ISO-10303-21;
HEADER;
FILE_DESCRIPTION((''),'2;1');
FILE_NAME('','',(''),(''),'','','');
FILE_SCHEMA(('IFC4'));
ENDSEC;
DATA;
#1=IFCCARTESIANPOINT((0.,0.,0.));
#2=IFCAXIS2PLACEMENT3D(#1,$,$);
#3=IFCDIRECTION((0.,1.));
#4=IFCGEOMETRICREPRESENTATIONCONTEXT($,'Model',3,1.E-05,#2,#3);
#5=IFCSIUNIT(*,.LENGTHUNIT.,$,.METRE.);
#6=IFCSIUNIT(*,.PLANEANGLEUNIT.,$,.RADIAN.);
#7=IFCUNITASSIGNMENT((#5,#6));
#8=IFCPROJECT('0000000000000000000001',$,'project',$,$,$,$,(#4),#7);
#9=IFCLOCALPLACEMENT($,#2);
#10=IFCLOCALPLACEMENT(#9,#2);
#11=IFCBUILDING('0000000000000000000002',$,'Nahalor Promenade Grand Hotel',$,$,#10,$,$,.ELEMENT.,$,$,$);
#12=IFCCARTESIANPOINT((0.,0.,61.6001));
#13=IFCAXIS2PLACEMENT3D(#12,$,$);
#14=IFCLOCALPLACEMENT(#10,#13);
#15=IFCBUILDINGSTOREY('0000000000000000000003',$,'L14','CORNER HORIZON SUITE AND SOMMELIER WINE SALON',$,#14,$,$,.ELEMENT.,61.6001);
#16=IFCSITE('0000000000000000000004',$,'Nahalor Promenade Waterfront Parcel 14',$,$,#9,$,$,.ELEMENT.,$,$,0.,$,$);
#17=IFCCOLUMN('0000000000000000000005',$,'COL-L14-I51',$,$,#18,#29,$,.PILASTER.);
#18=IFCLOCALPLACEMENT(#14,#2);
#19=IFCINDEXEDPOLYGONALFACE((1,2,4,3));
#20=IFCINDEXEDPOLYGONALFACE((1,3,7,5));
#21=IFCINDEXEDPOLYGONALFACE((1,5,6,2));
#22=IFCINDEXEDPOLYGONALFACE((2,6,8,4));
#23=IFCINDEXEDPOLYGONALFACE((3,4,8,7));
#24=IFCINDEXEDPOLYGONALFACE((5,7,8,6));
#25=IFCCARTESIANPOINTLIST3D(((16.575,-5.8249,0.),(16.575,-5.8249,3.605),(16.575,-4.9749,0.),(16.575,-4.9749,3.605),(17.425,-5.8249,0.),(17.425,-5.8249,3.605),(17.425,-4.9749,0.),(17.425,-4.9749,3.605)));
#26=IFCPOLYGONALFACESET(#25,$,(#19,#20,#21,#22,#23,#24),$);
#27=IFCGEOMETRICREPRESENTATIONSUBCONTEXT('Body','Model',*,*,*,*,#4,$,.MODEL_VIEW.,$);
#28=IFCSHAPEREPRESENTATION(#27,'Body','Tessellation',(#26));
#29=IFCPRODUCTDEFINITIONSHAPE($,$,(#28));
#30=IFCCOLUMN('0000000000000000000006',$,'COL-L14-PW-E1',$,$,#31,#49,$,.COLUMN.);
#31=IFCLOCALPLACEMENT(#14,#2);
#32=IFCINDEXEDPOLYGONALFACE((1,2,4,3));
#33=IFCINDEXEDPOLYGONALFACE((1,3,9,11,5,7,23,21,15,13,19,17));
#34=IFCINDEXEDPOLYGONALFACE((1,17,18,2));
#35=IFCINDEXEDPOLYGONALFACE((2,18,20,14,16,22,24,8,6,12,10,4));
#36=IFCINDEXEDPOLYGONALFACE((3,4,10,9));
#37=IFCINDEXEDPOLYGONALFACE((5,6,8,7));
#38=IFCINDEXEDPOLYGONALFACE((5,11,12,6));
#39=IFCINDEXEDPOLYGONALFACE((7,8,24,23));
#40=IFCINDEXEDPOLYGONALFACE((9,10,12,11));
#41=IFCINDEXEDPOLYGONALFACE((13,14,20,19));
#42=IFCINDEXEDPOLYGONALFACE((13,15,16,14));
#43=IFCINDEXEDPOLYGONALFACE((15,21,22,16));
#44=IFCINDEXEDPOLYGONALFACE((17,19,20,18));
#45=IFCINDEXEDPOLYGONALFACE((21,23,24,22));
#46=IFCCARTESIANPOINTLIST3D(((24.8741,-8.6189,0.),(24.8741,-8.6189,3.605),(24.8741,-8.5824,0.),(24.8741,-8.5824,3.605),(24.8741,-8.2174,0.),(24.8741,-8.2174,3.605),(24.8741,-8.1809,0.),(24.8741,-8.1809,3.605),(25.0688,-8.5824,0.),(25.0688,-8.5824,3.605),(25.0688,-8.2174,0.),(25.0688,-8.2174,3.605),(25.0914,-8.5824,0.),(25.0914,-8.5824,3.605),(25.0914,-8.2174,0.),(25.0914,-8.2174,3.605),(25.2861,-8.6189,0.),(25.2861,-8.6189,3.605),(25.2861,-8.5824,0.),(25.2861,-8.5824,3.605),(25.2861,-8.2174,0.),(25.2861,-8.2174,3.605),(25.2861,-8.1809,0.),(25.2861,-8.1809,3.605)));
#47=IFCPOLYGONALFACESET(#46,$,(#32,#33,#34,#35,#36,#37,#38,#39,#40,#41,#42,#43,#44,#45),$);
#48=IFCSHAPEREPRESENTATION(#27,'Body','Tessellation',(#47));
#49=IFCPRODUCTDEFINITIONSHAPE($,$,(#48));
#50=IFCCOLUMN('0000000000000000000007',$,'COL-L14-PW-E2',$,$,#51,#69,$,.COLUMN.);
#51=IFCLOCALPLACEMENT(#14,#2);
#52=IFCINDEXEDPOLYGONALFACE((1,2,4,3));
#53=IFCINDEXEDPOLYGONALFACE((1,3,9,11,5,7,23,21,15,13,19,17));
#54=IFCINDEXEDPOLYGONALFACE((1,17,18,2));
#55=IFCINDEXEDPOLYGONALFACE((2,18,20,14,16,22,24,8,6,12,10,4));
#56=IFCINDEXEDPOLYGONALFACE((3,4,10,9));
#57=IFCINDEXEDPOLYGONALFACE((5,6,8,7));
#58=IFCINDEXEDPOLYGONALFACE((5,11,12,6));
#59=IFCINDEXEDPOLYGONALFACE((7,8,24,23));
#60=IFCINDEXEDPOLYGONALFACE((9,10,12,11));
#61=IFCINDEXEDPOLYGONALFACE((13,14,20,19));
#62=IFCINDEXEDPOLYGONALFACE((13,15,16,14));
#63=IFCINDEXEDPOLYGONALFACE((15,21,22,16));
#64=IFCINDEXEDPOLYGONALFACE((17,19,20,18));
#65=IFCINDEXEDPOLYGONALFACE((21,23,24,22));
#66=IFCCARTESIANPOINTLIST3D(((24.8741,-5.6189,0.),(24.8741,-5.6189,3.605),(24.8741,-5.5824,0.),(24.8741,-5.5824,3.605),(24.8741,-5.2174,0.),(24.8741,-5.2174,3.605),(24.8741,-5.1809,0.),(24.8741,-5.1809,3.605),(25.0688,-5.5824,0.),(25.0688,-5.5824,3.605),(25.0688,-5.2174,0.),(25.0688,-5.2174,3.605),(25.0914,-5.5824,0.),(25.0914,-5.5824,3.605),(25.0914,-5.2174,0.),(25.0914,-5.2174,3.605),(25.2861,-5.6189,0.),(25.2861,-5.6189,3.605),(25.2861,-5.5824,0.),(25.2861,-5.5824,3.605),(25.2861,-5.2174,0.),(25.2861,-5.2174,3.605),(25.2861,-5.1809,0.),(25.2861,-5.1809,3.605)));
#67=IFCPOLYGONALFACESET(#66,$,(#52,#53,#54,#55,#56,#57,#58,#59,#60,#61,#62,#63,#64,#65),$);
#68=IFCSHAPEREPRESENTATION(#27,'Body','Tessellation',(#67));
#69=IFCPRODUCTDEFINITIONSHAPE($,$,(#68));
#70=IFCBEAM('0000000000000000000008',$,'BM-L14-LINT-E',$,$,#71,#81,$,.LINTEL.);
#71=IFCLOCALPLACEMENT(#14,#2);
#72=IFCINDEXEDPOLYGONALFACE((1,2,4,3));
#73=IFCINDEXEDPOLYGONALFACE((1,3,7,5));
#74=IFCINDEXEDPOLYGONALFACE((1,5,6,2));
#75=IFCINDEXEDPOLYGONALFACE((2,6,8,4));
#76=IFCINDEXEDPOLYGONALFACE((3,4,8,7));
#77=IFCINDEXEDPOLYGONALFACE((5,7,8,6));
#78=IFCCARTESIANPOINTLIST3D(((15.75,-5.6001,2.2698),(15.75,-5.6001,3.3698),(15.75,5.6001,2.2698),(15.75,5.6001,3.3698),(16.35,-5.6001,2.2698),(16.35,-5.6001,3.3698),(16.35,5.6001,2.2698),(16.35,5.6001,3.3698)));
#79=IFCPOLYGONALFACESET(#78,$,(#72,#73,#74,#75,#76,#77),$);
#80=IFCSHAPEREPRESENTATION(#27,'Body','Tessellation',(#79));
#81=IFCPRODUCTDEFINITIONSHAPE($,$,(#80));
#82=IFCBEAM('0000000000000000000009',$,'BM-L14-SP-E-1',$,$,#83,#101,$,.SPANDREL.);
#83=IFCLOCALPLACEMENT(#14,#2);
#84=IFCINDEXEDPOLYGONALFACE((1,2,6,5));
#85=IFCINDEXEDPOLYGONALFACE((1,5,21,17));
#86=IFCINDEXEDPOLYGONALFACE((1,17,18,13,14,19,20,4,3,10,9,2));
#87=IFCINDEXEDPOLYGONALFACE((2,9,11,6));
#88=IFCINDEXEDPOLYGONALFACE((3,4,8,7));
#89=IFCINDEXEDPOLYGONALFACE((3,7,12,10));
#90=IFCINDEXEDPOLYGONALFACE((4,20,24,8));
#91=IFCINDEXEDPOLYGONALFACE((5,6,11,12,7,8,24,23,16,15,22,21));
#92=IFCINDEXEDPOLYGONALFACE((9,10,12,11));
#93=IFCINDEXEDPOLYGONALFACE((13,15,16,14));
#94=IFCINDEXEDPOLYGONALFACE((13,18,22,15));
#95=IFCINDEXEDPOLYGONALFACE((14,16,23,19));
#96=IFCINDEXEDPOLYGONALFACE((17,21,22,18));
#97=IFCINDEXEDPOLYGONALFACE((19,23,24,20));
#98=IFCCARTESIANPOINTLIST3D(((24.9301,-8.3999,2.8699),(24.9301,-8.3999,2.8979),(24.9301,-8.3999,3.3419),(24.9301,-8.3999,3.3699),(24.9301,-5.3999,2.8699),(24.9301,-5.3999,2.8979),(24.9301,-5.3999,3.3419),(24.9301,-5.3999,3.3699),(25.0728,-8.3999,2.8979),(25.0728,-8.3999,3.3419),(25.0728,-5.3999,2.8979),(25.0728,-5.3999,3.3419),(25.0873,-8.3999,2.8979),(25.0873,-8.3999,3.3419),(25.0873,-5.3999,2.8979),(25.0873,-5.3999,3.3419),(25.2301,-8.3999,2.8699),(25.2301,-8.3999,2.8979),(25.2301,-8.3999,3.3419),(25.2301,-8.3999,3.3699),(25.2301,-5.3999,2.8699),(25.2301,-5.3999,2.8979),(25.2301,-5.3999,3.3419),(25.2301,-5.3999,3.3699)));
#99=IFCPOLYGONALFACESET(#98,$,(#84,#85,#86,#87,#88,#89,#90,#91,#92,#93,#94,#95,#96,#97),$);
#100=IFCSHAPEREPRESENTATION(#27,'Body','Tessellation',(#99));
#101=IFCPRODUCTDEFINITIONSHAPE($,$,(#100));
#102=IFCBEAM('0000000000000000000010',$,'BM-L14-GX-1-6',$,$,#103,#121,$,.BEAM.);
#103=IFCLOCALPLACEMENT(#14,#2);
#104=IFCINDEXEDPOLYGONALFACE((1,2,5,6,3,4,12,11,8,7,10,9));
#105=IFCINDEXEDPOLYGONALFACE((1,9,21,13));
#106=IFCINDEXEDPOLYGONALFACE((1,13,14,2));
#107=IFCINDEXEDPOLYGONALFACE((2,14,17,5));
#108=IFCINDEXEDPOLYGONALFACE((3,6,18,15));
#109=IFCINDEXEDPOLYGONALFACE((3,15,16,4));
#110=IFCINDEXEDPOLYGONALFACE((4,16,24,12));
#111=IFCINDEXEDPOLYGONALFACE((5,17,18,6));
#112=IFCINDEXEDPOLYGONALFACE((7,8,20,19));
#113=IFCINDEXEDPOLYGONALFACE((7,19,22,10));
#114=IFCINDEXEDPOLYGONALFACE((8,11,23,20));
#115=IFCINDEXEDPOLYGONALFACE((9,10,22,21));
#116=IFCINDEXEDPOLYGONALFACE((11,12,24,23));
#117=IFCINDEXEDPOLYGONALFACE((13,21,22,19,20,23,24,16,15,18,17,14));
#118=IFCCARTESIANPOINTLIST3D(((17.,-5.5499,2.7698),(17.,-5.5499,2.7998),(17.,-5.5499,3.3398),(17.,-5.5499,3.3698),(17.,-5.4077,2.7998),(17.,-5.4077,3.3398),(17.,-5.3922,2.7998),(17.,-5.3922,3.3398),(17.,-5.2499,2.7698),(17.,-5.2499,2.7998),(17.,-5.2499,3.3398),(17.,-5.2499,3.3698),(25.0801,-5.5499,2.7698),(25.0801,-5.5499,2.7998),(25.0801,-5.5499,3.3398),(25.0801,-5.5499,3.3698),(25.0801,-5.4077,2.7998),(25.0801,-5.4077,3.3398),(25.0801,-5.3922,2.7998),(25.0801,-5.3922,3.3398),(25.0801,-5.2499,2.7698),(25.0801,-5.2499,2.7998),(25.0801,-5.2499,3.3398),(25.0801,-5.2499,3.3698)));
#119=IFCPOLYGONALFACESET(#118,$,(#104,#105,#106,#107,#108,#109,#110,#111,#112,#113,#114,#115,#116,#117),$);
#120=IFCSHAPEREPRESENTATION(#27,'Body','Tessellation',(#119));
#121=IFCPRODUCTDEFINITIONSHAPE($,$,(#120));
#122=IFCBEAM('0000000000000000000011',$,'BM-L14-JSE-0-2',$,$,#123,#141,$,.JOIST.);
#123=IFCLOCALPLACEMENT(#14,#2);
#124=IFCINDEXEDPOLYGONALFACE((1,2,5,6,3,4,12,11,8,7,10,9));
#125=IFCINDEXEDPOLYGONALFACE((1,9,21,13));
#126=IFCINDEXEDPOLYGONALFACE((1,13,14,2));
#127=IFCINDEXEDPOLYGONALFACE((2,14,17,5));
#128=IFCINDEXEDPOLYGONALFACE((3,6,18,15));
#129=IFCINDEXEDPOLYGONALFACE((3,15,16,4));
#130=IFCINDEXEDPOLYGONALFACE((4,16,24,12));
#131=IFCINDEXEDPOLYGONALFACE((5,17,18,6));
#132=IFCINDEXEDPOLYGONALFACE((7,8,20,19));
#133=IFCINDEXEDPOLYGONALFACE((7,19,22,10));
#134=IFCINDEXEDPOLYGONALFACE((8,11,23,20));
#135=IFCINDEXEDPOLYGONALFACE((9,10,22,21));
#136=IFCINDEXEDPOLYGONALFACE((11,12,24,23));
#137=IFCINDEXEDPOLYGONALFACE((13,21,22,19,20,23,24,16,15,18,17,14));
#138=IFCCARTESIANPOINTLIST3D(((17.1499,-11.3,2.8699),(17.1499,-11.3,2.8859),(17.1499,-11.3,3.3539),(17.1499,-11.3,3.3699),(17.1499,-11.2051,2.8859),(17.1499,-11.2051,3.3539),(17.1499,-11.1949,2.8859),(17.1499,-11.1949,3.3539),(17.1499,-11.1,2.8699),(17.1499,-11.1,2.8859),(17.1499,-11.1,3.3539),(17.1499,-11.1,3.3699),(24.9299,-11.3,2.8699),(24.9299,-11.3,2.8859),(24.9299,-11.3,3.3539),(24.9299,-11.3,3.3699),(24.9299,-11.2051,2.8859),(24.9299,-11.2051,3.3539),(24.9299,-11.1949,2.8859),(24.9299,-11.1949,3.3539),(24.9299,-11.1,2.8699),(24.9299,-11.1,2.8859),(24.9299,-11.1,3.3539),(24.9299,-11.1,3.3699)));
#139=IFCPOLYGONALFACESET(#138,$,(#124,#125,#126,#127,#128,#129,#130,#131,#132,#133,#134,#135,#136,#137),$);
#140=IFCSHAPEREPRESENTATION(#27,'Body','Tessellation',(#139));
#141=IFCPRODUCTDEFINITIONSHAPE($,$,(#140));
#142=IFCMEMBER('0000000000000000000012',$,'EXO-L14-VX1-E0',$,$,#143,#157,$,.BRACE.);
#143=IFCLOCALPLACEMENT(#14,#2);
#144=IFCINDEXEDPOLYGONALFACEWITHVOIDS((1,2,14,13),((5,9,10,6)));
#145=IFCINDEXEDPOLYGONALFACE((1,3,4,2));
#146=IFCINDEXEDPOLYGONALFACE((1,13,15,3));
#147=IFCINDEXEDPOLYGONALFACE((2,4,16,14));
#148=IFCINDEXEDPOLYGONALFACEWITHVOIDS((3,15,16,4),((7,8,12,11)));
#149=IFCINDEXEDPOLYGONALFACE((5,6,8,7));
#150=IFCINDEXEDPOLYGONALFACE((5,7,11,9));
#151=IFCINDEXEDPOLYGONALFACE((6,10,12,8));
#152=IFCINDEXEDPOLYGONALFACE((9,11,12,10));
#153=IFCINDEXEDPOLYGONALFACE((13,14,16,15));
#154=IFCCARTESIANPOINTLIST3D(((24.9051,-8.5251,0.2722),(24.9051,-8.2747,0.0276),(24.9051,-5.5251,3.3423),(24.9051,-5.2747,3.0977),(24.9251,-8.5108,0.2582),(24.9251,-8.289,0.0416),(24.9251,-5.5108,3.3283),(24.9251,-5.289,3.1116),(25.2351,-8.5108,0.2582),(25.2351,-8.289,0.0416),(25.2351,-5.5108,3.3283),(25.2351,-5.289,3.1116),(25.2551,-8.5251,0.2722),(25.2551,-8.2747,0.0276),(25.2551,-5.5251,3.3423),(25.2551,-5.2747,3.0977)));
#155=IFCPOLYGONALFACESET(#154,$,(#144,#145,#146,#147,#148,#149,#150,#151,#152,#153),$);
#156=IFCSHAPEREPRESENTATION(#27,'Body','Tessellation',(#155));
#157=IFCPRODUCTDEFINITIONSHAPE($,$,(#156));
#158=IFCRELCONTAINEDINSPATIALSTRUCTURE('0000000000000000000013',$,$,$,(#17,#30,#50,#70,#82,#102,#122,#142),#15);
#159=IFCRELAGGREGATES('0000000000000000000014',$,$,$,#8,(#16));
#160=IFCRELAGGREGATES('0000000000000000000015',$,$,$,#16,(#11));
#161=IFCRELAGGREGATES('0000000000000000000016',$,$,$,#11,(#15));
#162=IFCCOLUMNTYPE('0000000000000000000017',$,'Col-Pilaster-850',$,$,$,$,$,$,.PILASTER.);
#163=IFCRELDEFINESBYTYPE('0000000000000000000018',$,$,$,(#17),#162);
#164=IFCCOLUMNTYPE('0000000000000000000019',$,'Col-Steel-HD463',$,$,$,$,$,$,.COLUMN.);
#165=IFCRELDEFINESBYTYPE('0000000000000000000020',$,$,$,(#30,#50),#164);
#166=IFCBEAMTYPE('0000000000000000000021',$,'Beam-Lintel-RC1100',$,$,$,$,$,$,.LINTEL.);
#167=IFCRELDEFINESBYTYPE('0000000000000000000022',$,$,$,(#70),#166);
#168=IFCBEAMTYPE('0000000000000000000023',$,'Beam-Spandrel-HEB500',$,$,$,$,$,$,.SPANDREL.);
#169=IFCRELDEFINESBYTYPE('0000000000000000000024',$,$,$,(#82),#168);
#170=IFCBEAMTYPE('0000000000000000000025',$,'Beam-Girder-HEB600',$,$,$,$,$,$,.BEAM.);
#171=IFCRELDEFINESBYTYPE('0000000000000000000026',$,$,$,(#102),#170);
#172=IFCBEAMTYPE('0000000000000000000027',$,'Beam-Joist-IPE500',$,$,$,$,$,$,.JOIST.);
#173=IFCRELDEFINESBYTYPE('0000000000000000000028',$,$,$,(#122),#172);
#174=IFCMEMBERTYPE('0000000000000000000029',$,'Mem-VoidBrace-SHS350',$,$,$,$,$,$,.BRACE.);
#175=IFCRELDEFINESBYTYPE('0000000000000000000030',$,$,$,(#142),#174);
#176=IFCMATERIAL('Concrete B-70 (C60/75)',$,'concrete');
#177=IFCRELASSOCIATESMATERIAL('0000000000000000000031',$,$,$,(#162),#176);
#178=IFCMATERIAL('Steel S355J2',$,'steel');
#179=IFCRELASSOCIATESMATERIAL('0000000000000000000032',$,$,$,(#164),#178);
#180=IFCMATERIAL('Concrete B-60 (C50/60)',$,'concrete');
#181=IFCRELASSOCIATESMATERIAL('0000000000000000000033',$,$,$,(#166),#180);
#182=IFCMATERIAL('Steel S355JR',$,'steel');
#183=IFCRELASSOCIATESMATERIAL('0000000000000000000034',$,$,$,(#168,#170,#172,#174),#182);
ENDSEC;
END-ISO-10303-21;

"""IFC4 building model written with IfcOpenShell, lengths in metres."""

from ifc_helpers import new_model, si_unit, direction, frame, origin, origin_2d, place, context, subcontext, project, spatial, rectangle, hollow_rectangle, i_section, extrude, source, transform, mapped, material, material_profile, profile_set, type_object, element, save


model = new_model("IFC4")

# Units and contexts
model_context = context("Model", 3, precision=1e-05, world=origin(), true_north=direction((0.0, 1.0)))
body_context = subcontext(model_context, "Body", "Model", "MODEL_VIEW")
ifc_project = project(units=[si_unit("LENGTHUNIT", "METRE"), si_unit("PLANEANGLEUNIT", "RADIAN")], contexts=[model_context])

# Site, building, storey
site_placement = place(None, origin())
site = spatial("IfcSite", under=ifc_project, at=site_placement, Name="Nahalor Promenade Waterfront Parcel 14", CompositionType="ELEMENT", RefElevation=0.0)
building_placement = place(site_placement, origin())
building = spatial("IfcBuilding", under=site, at=building_placement, Name="Nahalor Promenade Grand Hotel", CompositionType="ELEMENT")
storey_placement = place(building_placement, frame((0.0, 0.0, 61.6001)))
storey = spatial("IfcBuildingStorey", under=building, at=storey_placement, Name="L14", Description="CORNER HORIZON SUITE AND SOMMELIER WINE SALON", CompositionType="ELEMENT", Elevation=61.6001)

# Columns
ifc_material_1 = material(Name="Concrete B-70 (C60/75)", Category="concrete")
ifc_material_profile_1 = material_profile(ifc_material_1, rectangle(XDim=0.85, YDim=0.85, at=origin_2d()), Name="RC 850x850")
ifc_profile_set_1 = profile_set([ifc_material_profile_1], Name="Concrete B-70 (C60/75)")
column_type_1 = type_object("IfcColumnType", Name="Col-Pilaster-850", PredefinedType="PILASTER", material=ifc_profile_set_1)
shared_shape_1 = source(origin(), body_context, "Body", "SweptSolid", [
    extrude(rectangle(XDim=0.85, YDim=0.85, at=origin_2d()), origin(), (0.0, 0.0, 1.0), 3.605),
])
column_placement = place(storey_placement, frame((17.0, -5.3999, 0.0), z_axis=(0.0, 0.0, 1.0), x_axis=(1.0, 0.0, 0.0)))
element("IfcColumn", 1, at=column_placement, inside=storey, type_object=column_type_1, Name="COL-L14-I51", PredefinedType="PILASTER", context=body_context, shape_type="MappedRepresentation", body=[
    mapped(shared_shape_1, transform((0.0, 0.0, 0.0), scale=1.0)),
])
ifc_material_2 = material(Name="Steel S355J2", Category="steel")
ifc_material_profile_2 = material_profile(ifc_material_2, i_section(OverallWidth=0.412, OverallDepth=0.438, WebThickness=0.0226, FlangeThickness=0.0365, at=origin_2d()), Name="HD 400x463")
ifc_profile_set_2 = profile_set([ifc_material_profile_2], Name="Steel S355J2")
column_type_2 = type_object("IfcColumnType", Name="Col-Steel-HD463", PredefinedType="COLUMN", material=ifc_profile_set_2)
shared_shape_2 = source(origin(), body_context, "Body", "SweptSolid", [
    extrude(i_section(OverallWidth=0.412, OverallDepth=0.438, WebThickness=0.0226, FlangeThickness=0.0365, at=origin_2d()), origin(), (0.0, 0.0, 1.0), 3.605),
])
for number, where, z_axis, x_axis, name in (
    (2, (25.0801, -8.3999, 0.0), (0.0, 0.0, 1.0), (1.0, 0.0, 0.0), "COL-L14-PW-E1"),
    (3, (25.0801, -5.3999, 0.0), (0.0, 0.0, 1.0), (1.0, 0.0, 0.0), "COL-L14-PW-E2"),
):
    element("IfcColumn", number, at=place(storey_placement, frame(where, z_axis=z_axis, x_axis=x_axis)), inside=storey, type_object=column_type_2, Name=name, PredefinedType="COLUMN", context=body_context, shape_type="MappedRepresentation", body=[
        mapped(shared_shape_2, transform((0.0, 0.0, 0.0), scale=1.0)),
    ])

# Beams
ifc_material_3 = material(Name="Concrete B-60 (C50/60)", Category="concrete")
ifc_material_profile_3 = material_profile(ifc_material_3, rectangle(XDim=0.6, YDim=1.1, at=origin_2d()), Name="RC 600x1100")
ifc_profile_set_3 = profile_set([ifc_material_profile_3], Name="Concrete B-60 (C50/60)")
beam_type_1 = type_object("IfcBeamType", Name="Beam-Lintel-RC1100", PredefinedType="LINTEL", material=ifc_profile_set_3)
shared_shape_3 = source(origin(), body_context, "Body", "SweptSolid", [
    extrude(rectangle(XDim=0.6, YDim=1.1, at=origin_2d()), origin(), (0.0, 0.0, 1.0), 11.2002),
])
beam_1_placement = place(storey_placement, frame((16.05, -5.6001, 2.8198), z_axis=(0.0, 1.0, 0.0), x_axis=(-1.0, 0.0, 0.0)))
element("IfcBeam", 4, at=beam_1_placement, inside=storey, type_object=beam_type_1, Name="BM-L14-LINT-E", PredefinedType="LINTEL", context=body_context, shape_type="MappedRepresentation", body=[
    mapped(shared_shape_3, transform((0.0, 0.0, 0.0), scale=1.0)),
])
ifc_material_4 = material(Name="Steel S355JR", Category="steel")
ifc_material_profile_4 = material_profile(ifc_material_4, i_section(OverallWidth=0.3, OverallDepth=0.5, WebThickness=0.0145, FlangeThickness=0.028, at=origin_2d()), Name="HEB 500")
ifc_profile_set_4 = profile_set([ifc_material_profile_4], Name="Steel S355JR")
beam_type_2 = type_object("IfcBeamType", Name="Beam-Spandrel-HEB500", PredefinedType="SPANDREL", material=ifc_profile_set_4)
shared_shape_4 = source(origin(), body_context, "Body", "SweptSolid", [
    extrude(i_section(OverallWidth=0.3, OverallDepth=0.5, WebThickness=0.0145, FlangeThickness=0.028, at=origin_2d()), origin(), (0.0, 0.0, 1.0), 3.0),
])
beam_2_placement = place(storey_placement, frame((25.0801, -8.3999, 3.1199), z_axis=(0.0, 1.0, 0.0), x_axis=(-1.0, 0.0, 0.0)))
element("IfcBeam", 5, at=beam_2_placement, inside=storey, type_object=beam_type_2, Name="BM-L14-SP-E-1", PredefinedType="SPANDREL", context=body_context, shape_type="MappedRepresentation", body=[
    mapped(shared_shape_4, transform((0.0, 0.0, 0.0), scale=1.0)),
])
ifc_material_profile_5 = material_profile(ifc_material_4, i_section(OverallWidth=0.3, OverallDepth=0.6, WebThickness=0.0155, FlangeThickness=0.03, at=origin_2d()), Name="HEB 600")
ifc_profile_set_5 = profile_set([ifc_material_profile_5], Name="Steel S355JR")
beam_type_3 = type_object("IfcBeamType", Name="Beam-Girder-HEB600", PredefinedType="BEAM", material=ifc_profile_set_5)
shared_shape_5 = source(origin(), body_context, "Body", "SweptSolid", [
    extrude(i_section(OverallWidth=0.3, OverallDepth=0.6, WebThickness=0.0155, FlangeThickness=0.03, at=origin_2d()), origin(), (0.0, 0.0, 1.0), 8.0801),
])
beam_3_placement = place(storey_placement, frame((17.0, -5.3999, 3.0698), z_axis=(1.0, 0.0, 0.0), x_axis=(0.0, 1.0, 0.0)))
element("IfcBeam", 6, at=beam_3_placement, inside=storey, type_object=beam_type_3, Name="BM-L14-GX-1-6", PredefinedType="BEAM", context=body_context, shape_type="MappedRepresentation", body=[
    mapped(shared_shape_5, transform((0.0, 0.0, 0.0), scale=1.0)),
])
ifc_material_profile_6 = material_profile(ifc_material_4, i_section(OverallWidth=0.2, OverallDepth=0.5, WebThickness=0.0102, FlangeThickness=0.016, at=origin_2d()), Name="IPE 500")
ifc_profile_set_6 = profile_set([ifc_material_profile_6], Name="Steel S355JR")
beam_type_4 = type_object("IfcBeamType", Name="Beam-Joist-IPE500", PredefinedType="JOIST", material=ifc_profile_set_6)
shared_shape_6 = source(origin(), body_context, "Body", "SweptSolid", [
    extrude(i_section(OverallWidth=0.2, OverallDepth=0.5, WebThickness=0.0102, FlangeThickness=0.016, at=origin_2d()), origin(), (0.0, 0.0, 1.0), 7.78),
])
beam_4_placement = place(storey_placement, frame((17.1499, -11.2, 3.1199), z_axis=(1.0, 0.0, 0.0), x_axis=(0.0, 1.0, 0.0)))
element("IfcBeam", 7, at=beam_4_placement, inside=storey, type_object=beam_type_4, Name="BM-L14-JSE-0-2", PredefinedType="JOIST", context=body_context, shape_type="MappedRepresentation", body=[
    mapped(shared_shape_6, transform((0.0, 0.0, 0.0), scale=1.0)),
])

# Member
ifc_material_profile_7 = material_profile(ifc_material_4, hollow_rectangle(XDim=0.35, YDim=0.35, WallThickness=0.02, at=origin_2d()), Name="SHS 350x350x20")
ifc_profile_set_7 = profile_set([ifc_material_profile_7], Name="Steel S355JR")
member_type_1 = type_object("IfcMemberType", Name="Mem-VoidBrace-SHS350", PredefinedType="BRACE", material=ifc_profile_set_7)
shared_shape_7 = source(origin(), body_context, "Body", "SweptSolid", [
    extrude(hollow_rectangle(XDim=0.35, YDim=0.35, WallThickness=0.02, at=origin_2d()), origin(), (0.0, 0.0, 1.0), 4.2925),
])
member_1_placement = place(storey_placement, frame((25.0801, -8.3999, 0.1499), z_axis=(0.0, 0.698898, 0.715221), x_axis=(-1.0, 0.0, 0.0)))
element("IfcMember", 8, at=member_1_placement, inside=storey, type_object=member_type_1, Name="EXO-L14-VX1-E0", PredefinedType="BRACE", context=body_context, shape_type="MappedRepresentation", body=[
    mapped(shared_shape_7, transform((0.0, 0.0, 0.0), scale=1.0)),
])

save(model, "model.ifc")
